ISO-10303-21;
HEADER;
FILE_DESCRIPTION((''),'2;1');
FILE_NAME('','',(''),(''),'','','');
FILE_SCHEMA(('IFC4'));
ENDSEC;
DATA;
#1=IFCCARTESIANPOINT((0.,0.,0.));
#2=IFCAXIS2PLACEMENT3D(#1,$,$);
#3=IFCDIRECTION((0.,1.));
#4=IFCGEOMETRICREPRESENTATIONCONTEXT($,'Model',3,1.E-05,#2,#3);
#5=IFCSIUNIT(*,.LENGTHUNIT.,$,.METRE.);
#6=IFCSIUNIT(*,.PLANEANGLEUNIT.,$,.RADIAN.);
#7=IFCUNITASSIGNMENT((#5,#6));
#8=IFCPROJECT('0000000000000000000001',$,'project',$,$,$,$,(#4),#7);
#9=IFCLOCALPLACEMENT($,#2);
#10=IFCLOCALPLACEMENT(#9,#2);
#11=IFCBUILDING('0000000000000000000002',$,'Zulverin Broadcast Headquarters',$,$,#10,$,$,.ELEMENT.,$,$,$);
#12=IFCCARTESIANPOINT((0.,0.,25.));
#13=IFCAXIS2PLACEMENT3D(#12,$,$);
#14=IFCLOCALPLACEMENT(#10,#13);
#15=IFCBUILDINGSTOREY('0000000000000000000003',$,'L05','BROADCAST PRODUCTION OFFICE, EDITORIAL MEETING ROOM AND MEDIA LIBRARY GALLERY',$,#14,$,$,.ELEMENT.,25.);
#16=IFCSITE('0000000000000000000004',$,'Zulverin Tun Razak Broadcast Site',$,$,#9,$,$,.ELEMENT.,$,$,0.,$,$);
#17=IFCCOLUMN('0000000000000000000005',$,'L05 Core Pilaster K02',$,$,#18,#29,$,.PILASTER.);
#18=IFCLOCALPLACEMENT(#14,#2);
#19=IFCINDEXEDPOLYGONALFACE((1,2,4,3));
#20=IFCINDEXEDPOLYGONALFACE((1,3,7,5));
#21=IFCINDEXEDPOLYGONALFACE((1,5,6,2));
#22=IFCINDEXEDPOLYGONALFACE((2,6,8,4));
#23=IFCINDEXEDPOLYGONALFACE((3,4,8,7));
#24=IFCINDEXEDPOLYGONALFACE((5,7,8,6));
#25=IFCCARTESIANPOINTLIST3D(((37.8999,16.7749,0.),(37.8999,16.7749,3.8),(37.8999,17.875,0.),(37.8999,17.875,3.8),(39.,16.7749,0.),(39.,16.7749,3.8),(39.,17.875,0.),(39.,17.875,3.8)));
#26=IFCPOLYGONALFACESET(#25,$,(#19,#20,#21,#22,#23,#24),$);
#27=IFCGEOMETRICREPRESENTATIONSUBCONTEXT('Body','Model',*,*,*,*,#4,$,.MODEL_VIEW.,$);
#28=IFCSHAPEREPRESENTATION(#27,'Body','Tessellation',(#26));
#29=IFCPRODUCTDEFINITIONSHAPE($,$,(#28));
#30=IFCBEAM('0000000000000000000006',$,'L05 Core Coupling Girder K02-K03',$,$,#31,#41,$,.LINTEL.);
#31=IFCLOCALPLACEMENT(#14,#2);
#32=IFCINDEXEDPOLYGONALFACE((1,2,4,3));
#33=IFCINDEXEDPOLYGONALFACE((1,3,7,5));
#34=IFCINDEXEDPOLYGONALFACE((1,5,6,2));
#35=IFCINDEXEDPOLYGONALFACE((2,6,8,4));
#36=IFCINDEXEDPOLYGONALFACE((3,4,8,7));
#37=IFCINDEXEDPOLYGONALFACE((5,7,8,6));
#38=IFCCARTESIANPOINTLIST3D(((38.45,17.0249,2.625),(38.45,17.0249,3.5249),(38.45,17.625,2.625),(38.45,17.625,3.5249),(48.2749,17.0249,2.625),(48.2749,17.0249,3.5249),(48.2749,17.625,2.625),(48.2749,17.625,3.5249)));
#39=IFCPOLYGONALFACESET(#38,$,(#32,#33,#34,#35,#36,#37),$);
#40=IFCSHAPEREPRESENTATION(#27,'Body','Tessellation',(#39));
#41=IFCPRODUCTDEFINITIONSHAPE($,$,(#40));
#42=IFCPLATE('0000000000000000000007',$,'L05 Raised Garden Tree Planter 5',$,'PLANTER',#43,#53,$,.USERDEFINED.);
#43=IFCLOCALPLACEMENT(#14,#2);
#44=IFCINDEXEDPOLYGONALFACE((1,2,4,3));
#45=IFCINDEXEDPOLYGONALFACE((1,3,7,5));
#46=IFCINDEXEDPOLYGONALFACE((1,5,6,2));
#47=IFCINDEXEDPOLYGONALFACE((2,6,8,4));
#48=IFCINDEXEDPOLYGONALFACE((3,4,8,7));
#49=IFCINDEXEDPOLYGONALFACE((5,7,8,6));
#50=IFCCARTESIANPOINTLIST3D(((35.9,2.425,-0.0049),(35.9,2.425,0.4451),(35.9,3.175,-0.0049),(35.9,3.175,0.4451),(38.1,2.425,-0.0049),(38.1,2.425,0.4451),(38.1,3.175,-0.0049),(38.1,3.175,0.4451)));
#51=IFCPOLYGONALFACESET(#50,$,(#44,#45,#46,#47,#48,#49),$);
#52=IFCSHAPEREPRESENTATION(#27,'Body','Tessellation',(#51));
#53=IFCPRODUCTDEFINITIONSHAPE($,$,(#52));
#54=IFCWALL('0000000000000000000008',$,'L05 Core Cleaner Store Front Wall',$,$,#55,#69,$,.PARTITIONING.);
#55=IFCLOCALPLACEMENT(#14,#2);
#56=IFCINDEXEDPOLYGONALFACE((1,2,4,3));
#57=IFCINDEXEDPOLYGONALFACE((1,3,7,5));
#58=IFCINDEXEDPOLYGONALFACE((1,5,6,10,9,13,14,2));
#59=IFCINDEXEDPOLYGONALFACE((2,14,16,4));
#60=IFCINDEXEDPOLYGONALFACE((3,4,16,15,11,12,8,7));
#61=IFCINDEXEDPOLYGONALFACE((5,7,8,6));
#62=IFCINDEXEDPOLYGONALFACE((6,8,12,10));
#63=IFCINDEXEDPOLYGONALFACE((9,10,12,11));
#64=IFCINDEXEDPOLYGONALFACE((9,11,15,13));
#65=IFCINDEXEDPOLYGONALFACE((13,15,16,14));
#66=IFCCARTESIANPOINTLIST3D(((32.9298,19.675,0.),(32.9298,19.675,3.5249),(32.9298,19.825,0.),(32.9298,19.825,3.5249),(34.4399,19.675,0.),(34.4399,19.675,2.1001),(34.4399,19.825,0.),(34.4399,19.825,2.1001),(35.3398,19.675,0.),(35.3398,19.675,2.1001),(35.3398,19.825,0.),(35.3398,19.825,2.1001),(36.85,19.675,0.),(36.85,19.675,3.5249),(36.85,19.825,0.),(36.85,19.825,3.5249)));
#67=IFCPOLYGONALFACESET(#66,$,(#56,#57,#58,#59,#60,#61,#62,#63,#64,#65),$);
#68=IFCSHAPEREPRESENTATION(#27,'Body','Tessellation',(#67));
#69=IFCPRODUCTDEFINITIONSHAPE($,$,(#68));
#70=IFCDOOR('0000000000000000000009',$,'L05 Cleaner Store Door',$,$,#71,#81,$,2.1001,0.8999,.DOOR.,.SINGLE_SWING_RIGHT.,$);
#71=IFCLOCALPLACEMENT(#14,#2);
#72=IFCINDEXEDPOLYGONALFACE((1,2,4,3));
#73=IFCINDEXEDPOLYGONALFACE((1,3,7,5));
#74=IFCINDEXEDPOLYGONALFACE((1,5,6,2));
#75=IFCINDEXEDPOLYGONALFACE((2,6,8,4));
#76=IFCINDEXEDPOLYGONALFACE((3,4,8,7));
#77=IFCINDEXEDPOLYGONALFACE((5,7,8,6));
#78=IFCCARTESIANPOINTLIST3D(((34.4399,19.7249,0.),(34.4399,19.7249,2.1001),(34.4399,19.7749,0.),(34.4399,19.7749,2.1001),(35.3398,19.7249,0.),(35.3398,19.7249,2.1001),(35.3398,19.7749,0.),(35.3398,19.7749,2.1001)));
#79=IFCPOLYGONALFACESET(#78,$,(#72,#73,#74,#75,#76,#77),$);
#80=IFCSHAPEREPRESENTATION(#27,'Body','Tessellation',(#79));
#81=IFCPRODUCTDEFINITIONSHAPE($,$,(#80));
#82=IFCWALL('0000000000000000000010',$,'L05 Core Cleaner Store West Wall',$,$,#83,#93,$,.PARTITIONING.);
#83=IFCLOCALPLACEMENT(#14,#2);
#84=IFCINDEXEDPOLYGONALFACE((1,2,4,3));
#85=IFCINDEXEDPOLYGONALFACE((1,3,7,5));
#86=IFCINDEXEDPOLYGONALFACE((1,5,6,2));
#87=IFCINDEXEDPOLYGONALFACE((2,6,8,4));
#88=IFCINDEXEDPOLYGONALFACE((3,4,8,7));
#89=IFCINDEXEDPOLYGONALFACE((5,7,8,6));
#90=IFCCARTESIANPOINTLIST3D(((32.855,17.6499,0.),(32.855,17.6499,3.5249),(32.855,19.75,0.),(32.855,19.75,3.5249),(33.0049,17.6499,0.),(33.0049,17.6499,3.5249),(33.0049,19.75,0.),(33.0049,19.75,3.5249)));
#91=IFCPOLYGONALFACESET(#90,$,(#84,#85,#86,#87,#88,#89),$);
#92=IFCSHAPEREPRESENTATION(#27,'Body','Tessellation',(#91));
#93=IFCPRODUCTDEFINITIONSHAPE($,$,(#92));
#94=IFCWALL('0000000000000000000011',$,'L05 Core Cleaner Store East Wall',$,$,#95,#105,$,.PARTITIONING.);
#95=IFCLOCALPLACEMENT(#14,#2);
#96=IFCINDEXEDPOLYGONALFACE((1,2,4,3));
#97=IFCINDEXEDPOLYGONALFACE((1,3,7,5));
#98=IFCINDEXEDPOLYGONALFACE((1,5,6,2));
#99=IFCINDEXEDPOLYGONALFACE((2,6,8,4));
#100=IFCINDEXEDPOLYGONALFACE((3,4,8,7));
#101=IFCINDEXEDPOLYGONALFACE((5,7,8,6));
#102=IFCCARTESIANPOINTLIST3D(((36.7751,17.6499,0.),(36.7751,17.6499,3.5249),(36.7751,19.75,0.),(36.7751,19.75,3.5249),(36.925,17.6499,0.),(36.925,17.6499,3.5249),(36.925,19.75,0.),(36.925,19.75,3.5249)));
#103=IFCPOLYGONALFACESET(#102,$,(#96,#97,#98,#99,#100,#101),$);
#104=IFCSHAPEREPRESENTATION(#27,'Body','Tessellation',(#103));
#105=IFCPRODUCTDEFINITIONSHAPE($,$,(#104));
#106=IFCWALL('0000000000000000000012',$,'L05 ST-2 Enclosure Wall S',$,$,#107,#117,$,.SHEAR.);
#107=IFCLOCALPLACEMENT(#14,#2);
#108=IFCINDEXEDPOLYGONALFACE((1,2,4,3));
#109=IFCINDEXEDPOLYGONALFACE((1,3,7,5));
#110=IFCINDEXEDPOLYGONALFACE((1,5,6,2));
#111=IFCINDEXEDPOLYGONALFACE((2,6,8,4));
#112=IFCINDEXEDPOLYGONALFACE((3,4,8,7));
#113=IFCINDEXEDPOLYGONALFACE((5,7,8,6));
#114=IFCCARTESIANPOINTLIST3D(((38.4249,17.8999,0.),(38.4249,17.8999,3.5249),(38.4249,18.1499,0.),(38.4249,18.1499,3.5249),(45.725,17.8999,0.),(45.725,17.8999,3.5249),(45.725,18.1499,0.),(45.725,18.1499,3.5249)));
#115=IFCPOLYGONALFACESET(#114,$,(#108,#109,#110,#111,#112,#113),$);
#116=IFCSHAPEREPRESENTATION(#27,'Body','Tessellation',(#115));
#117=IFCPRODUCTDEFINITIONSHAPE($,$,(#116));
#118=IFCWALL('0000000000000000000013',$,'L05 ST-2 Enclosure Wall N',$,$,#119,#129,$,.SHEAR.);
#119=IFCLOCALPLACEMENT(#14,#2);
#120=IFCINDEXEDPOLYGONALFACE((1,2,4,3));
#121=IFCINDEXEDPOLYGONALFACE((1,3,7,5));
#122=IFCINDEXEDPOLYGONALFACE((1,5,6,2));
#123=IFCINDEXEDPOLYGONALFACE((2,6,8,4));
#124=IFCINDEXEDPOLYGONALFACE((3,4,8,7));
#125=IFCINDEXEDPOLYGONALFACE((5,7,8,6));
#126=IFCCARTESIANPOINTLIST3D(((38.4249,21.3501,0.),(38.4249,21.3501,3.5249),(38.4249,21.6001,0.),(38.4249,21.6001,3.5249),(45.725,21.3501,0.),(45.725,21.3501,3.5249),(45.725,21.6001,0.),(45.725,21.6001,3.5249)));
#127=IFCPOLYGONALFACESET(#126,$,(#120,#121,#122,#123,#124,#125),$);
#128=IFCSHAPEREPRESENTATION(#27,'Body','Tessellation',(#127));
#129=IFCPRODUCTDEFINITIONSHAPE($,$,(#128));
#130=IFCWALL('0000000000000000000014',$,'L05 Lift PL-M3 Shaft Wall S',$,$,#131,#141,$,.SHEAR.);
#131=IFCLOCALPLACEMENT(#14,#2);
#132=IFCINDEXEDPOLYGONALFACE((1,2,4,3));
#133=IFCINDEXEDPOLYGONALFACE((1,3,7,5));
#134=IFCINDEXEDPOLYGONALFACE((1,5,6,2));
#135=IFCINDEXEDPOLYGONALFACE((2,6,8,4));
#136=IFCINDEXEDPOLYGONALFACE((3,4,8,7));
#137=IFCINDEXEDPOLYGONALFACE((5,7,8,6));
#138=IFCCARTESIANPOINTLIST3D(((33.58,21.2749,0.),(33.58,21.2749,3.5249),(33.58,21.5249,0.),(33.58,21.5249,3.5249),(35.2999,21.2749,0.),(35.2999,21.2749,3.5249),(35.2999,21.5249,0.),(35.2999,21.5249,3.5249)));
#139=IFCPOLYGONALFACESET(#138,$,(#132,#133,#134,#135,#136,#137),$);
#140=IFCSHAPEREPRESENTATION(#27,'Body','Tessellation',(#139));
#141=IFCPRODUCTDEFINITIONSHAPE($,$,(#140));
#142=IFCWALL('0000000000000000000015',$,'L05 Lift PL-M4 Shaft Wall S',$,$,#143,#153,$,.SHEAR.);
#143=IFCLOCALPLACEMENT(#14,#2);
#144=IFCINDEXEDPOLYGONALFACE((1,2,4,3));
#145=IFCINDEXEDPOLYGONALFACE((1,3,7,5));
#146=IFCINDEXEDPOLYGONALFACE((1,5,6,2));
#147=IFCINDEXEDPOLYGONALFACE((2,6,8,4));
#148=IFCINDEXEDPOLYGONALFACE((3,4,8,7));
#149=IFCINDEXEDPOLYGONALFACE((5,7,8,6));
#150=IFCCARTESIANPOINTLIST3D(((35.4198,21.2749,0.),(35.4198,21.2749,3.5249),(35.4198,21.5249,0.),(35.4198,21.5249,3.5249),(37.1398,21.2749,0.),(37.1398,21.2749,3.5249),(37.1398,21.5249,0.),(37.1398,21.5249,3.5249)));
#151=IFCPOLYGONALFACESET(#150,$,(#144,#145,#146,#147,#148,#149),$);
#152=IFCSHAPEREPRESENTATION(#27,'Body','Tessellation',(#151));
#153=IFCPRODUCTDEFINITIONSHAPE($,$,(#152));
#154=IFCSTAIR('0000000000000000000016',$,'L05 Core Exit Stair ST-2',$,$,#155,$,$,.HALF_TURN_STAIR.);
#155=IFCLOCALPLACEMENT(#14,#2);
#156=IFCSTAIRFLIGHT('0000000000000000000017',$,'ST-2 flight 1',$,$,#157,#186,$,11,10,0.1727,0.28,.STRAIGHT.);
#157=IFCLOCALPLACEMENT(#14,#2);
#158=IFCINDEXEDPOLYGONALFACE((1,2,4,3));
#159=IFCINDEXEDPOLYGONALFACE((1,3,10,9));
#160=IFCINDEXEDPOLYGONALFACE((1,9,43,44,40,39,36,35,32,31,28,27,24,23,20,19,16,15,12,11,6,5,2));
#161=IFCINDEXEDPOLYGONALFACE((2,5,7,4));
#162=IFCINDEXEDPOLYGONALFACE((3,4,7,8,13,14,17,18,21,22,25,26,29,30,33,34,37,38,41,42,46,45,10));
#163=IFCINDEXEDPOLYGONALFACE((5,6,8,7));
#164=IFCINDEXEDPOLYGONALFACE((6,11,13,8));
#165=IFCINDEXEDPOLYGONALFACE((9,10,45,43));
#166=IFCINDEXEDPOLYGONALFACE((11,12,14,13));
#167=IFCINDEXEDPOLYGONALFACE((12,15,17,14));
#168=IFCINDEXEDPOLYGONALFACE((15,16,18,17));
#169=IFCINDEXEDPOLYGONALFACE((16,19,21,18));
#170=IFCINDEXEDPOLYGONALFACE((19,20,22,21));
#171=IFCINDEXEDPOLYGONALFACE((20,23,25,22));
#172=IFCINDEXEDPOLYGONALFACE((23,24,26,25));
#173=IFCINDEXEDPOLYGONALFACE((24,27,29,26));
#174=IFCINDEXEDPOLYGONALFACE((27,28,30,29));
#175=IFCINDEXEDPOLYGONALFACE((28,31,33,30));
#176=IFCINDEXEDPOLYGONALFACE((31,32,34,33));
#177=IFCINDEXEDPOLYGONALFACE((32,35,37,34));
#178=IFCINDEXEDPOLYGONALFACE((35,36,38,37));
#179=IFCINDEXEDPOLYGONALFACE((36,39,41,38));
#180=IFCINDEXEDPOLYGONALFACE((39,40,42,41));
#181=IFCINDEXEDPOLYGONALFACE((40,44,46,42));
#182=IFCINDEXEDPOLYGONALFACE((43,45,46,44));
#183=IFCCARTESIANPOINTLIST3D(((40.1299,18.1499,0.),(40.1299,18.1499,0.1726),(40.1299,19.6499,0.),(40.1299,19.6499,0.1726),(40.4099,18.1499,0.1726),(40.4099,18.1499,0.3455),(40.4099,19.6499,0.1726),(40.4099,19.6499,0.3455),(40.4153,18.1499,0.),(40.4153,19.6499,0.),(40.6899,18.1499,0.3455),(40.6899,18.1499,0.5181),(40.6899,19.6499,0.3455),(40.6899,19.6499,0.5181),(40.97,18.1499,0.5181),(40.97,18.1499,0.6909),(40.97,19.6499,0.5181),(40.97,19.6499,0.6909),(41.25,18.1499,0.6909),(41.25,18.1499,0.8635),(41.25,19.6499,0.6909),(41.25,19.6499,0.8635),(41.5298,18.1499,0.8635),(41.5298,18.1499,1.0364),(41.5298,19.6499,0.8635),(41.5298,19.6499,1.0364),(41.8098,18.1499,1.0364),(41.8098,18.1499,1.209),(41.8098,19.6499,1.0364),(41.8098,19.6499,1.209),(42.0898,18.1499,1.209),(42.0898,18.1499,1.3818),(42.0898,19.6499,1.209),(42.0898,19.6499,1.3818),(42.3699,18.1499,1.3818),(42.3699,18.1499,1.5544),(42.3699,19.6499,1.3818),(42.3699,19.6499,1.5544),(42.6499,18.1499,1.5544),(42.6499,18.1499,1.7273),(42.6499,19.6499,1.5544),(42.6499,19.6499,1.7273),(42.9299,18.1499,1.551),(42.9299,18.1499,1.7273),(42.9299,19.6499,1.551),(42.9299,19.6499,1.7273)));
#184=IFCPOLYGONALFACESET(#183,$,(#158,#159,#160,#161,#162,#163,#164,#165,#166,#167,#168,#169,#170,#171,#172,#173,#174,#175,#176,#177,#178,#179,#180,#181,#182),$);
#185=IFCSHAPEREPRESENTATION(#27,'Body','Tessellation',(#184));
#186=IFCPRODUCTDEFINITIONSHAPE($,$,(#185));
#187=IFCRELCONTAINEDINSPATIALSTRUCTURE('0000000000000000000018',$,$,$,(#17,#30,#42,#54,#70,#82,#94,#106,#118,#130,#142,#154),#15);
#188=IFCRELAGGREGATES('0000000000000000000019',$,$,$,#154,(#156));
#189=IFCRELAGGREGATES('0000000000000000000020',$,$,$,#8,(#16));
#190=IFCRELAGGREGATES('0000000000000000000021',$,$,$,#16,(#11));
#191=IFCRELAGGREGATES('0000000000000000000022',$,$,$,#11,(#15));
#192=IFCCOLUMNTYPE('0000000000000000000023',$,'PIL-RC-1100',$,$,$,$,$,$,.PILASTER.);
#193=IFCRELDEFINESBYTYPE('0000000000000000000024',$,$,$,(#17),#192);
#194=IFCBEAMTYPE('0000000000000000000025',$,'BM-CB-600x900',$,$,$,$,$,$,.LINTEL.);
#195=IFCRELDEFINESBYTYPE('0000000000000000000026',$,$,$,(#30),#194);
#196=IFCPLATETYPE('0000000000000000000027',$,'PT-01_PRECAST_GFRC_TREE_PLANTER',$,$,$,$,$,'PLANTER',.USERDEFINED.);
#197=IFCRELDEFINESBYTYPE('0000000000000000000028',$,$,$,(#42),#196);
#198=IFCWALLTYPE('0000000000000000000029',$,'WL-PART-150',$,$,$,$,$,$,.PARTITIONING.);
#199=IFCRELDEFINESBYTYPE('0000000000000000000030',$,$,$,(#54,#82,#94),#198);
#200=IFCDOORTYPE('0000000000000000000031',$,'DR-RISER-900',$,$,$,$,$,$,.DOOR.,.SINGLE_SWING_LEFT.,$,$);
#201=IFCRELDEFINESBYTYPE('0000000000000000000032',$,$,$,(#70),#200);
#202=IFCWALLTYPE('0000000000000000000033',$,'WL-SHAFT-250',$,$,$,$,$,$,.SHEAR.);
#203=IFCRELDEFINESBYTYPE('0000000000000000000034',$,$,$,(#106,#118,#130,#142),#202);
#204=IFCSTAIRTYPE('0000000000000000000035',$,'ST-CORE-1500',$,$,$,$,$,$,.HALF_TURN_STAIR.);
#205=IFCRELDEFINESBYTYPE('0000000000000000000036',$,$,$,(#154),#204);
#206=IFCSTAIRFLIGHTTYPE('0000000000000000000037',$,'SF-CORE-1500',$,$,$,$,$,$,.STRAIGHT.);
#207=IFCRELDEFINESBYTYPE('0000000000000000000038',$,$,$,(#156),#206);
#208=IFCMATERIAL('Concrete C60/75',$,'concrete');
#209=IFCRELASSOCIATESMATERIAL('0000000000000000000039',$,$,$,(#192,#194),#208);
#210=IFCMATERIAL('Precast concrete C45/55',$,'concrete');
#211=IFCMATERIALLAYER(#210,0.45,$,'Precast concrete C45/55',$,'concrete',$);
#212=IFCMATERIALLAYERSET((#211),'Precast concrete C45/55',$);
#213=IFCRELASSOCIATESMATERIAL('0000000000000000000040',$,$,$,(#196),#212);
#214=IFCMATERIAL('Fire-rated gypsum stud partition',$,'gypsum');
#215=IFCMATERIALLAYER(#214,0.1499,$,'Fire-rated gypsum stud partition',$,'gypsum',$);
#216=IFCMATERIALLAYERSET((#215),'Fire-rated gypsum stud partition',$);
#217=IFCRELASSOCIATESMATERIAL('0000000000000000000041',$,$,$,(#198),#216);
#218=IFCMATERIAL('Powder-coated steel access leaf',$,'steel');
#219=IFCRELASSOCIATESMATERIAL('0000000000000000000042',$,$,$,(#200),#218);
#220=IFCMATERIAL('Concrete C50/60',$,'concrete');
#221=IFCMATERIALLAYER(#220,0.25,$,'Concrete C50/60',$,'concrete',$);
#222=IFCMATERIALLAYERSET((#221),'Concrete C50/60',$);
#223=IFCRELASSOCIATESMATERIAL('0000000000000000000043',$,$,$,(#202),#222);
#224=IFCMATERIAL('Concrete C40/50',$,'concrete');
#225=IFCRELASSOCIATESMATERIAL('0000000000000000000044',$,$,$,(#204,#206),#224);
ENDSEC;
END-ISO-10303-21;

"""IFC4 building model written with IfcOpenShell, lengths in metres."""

from ifc_helpers import new_model, si_unit, direction, frame, frame_2d, origin, origin_2d, place, context, subcontext, project, spatial, polyline, rectangle, outline, extrude, material, layer, layer_set, material_profile, profile_set, type_object, element, fill, aggregate, save


model = new_model("IFC4")

# Units and contexts
model_context = context("Model", 3, precision=1e-05, world=origin(), true_north=direction((0.0, 1.0)))
body_context = subcontext(model_context, "Body", "Model", "MODEL_VIEW")
ifc_project = project(units=[si_unit("LENGTHUNIT", "METRE"), si_unit("PLANEANGLEUNIT", "RADIAN")], contexts=[model_context])

# Site, building, storey
site_placement = place(None, origin())
site = spatial("IfcSite", under=ifc_project, at=site_placement, Name="Zulverin Tun Razak Broadcast Site", CompositionType="ELEMENT", RefElevation=0.0)
building_placement = place(site_placement, origin())
building = spatial("IfcBuilding", under=site, at=building_placement, Name="Zulverin Broadcast Headquarters", CompositionType="ELEMENT")
storey_placement = place(building_placement, frame((0.0, 0.0, 25.0)))
storey = spatial("IfcBuildingStorey", under=building, at=storey_placement, Name="L05", Description="BROADCAST PRODUCTION OFFICE, EDITORIAL MEETING ROOM AND MEDIA LIBRARY GALLERY", CompositionType="ELEMENT", Elevation=25.0)

# Column
ifc_material_1 = material(Name="Concrete C60/75", Category="concrete")
ifc_material_profile_1 = material_profile(ifc_material_1, rectangle(XDim=1.1001, YDim=1.1001, at=origin_2d()), Name="Concrete C60/75", Category="concrete")
ifc_profile_set_1 = profile_set([ifc_material_profile_1], Name="Concrete C60/75")
column_type = type_object("IfcColumnType", Name="PIL-RC-1100", PredefinedType="PILASTER", material=ifc_profile_set_1)
column_placement = place(storey_placement, frame((38.45, 17.325, 0.0), z_axis=(0.0, 0.0, 1.0), x_axis=(1.0, 0.0, 0.0)))
element("IfcColumn", 1, at=column_placement, inside=storey, type_object=column_type, Name="L05 Core Pilaster K02", PredefinedType="PILASTER", context=body_context, shape_type="SweptSolid", body=[
    extrude(rectangle(XDim=1.1001, YDim=1.1001, at=origin_2d()), origin(), (0.0, 0.0, 1.0), 3.8),
])

# Beam
ifc_material_profile_2 = material_profile(ifc_material_1, rectangle(XDim=0.6001, YDim=0.8999, at=origin_2d()), Name="Concrete C60/75", Category="concrete")
ifc_profile_set_2 = profile_set([ifc_material_profile_2], Name="Concrete C60/75")
beam_type = type_object("IfcBeamType", Name="BM-CB-600x900", PredefinedType="LINTEL", material=ifc_profile_set_2)
beam_placement = place(storey_placement, frame((38.45, 17.325, 3.075), z_axis=(1.0, 0.0, 0.0), x_axis=(0.0, 1.0, 0.0)))
element("IfcBeam", 2, at=beam_placement, inside=storey, type_object=beam_type, Name="L05 Core Coupling Girder K02-K03", PredefinedType="LINTEL", context=body_context, shape_type="SweptSolid", body=[
    extrude(rectangle(XDim=0.6001, YDim=0.8999, at=origin_2d()), origin(), (0.0, 0.0, 1.0), 9.825),
])

# Plate
ifc_material_2 = material(Name="Precast concrete C45/55", Category="concrete")
ifc_layer_1 = layer(ifc_material_2, 0.45, Name="Precast concrete C45/55", Category="concrete")
ifc_layer_set_1 = layer_set([ifc_layer_1], Name="Precast concrete C45/55")
plate_type = type_object("IfcPlateType", Name="PT-01_PRECAST_GFRC_TREE_PLANTER", ElementType="PLANTER", PredefinedType="USERDEFINED", material=ifc_layer_set_1)
plate_placement = place(storey_placement, frame((37.0, 2.8, -0.0049), z_axis=(0.0, 0.0, 1.0), x_axis=(1.0, 0.0, 0.0)))
element("IfcPlate", 3, at=plate_placement, inside=storey, type_object=plate_type, Name="L05 Raised Garden Tree Planter 5", ObjectType="PLANTER", PredefinedType="USERDEFINED", context=body_context, shape_type="SweptSolid", body=[
    extrude(rectangle(XDim=2.2, YDim=0.75, at=origin_2d()), origin(), (0.0, 0.0, 1.0), 0.45),
])

# Wall, opening, door
ifc_material_3 = material(Name="Fire-rated gypsum stud partition", Category="gypsum")
ifc_layer_2 = layer(ifc_material_3, 0.1499, Name="Fire-rated gypsum stud partition", Category="gypsum")
ifc_layer_set_2 = layer_set([ifc_layer_2], Name="Fire-rated gypsum stud partition")
wall_type_1 = type_object("IfcWallType", Name="WL-PART-150", PredefinedType="PARTITIONING", material=ifc_layer_set_2)
wall_1_placement = place(storey_placement, frame((32.9299, 19.75, 0.0), z_axis=(0.0, 0.0, 1.0), x_axis=(1.0, 0.0, 0.0)))
wall_1 = element("IfcWall", 4, at=wall_1_placement, inside=storey, type_object=wall_type_1, Name="L05 Core Cleaner Store Front Wall", PredefinedType="PARTITIONING", context=body_context, shape_type="SweptSolid", body=[
    extrude(rectangle(XDim=3.9202, YDim=0.1499, at=frame_2d((1.96, 0.0))), origin(), (0.0, 0.0, 1.0), 3.5249),
])
opening_1_placement = place(wall_1_placement, frame((1.51, 0.0, 0.0)))
opening_1 = element("IfcOpeningElement", 5, at=opening_1_placement, cuts=wall_1, PredefinedType="OPENING", context=body_context, shape_type="SweptSolid", body=[
    extrude(rectangle(XDim=0.8999, YDim=2.1001, at=frame_2d((0.45, 1.05))), frame((0.0, 0.085, 0.0), z_axis=(0.0, -1.0, 0.0), x_axis=(1.0, 0.0, 0.0)), (0.0, 0.0, 1.0), 0.1699),
])
ifc_material_4 = material(Name="Powder-coated steel access leaf", Category="steel")
door_type_1 = type_object("IfcDoorType", Name="DR-RISER-900", OperationType="SINGLE_SWING_LEFT", PredefinedType="DOOR", material=ifc_material_4)
door_1_placement = place(opening_1_placement, origin())
door_1 = element("IfcDoor", 6, at=door_1_placement, inside=storey, type_object=door_type_1, Name="L05 Cleaner Store Door", OperationType="SINGLE_SWING_RIGHT", OverallHeight=2.1001, OverallWidth=0.8999, PredefinedType="DOOR", context=body_context, shape_type="SweptSolid", body=[
    extrude(rectangle(XDim=0.8999, YDim=2.1001, at=frame_2d((0.45, 1.05))), frame((0.0, 0.0249, 0.0), z_axis=(0.0, -1.0, 0.0), x_axis=(1.0, 0.0, 0.0)), (0.0, 0.0, 1.0), 0.05),
])
fill(opening_1, door_1)

# Walls
for number, where, z_axis, x_axis, name in (
    (7, (32.9299, 17.6499, 0.0), (0.0, 0.0, 1.0), (0.0, 1.0, 0.0), "L05 Core Cleaner Store West Wall"),
    (8, (36.8501, 17.6499, 0.0), (0.0, 0.0, 1.0), (0.0, 1.0, 0.0), "L05 Core Cleaner Store East Wall"),
):
    element("IfcWall", number, at=place(storey_placement, frame(where, z_axis=z_axis, x_axis=x_axis)), inside=storey, type_object=wall_type_1, Name=name, PredefinedType="PARTITIONING", context=body_context, shape_type="SweptSolid", body=[
        extrude(rectangle(XDim=2.1001, YDim=0.1499, at=frame_2d((1.05, 0.0))), origin(), (0.0, 0.0, 1.0), 3.5249),
    ])
ifc_material_5 = material(Name="Concrete C50/60", Category="concrete")
ifc_layer_3 = layer(ifc_material_5, 0.25, Name="Concrete C50/60", Category="concrete")
ifc_layer_set_3 = layer_set([ifc_layer_3], Name="Concrete C50/60")
wall_type_2 = type_object("IfcWallType", Name="WL-SHAFT-250", PredefinedType="SHEAR", material=ifc_layer_set_3)
for number, where, z_axis, x_axis, name in (
    (9, (38.425, 18.0249, 0.0), (0.0, 0.0, 1.0), (1.0, 0.0, 0.0), "L05 ST-2 Enclosure Wall S"),
    (10, (38.425, 21.4751, 0.0), (0.0, 0.0, 1.0), (1.0, 0.0, 0.0), "L05 ST-2 Enclosure Wall N"),
):
    element("IfcWall", number, at=place(storey_placement, frame(where, z_axis=z_axis, x_axis=x_axis)), inside=storey, type_object=wall_type_2, Name=name, PredefinedType="SHEAR", context=body_context, shape_type="SweptSolid", body=[
        extrude(rectangle(XDim=7.3, YDim=0.25, at=frame_2d((3.6499, 0.0))), origin(), (0.0, 0.0, 1.0), 3.5249),
    ])

# Walls
for number, where, z_axis, x_axis, name in (
    (11, (33.5801, 21.3999, 0.0), (0.0, 0.0, 1.0), (1.0, 0.0, 0.0), "L05 Lift PL-M3 Shaft Wall S"),
    (12, (35.4199, 21.3999, 0.0), (0.0, 0.0, 1.0), (1.0, 0.0, 0.0), "L05 Lift PL-M4 Shaft Wall S"),
):
    element("IfcWall", number, at=place(storey_placement, frame(where, z_axis=z_axis, x_axis=x_axis)), inside=storey, type_object=wall_type_2, Name=name, PredefinedType="SHEAR", context=body_context, shape_type="SweptSolid", body=[
        extrude(rectangle(XDim=1.72, YDim=0.25, at=frame_2d((0.8599, 0.0))), origin(), (0.0, 0.0, 1.0), 3.5249),
    ])

# Stair, stair flight
ifc_material_6 = material(Name="Concrete C40/50", Category="concrete")
stair_type = type_object("IfcStairType", Name="ST-CORE-1500", PredefinedType="HALF_TURN_STAIR", material=ifc_material_6)
stair_placement = place(storey_placement, origin())
stair = element("IfcStair", 13, at=stair_placement, inside=storey, type_object=stair_type, Name="L05 Core Exit Stair ST-2", PredefinedType="HALF_TURN_STAIR")
stair_flight_type = type_object("IfcStairFlightType", Name="SF-CORE-1500", PredefinedType="STRAIGHT", material=ifc_material_6)
stair_flight_1_placement = place(storey_placement, frame((40.1299, 18.8999, 0.0), z_axis=(0.0, 0.0, 1.0), x_axis=(1.0, 0.0, 0.0)))
stair_flight_1 = element("IfcStairFlight", 14, at=stair_flight_1_placement, type_object=stair_flight_type, Name="ST-2 flight 1", NumberOfRisers=11, NumberOfTreads=10, PredefinedType="STRAIGHT", RiserHeight=0.1727, TreadLength=0.28, context=body_context, shape_type="SweptSolid", body=[
    extrude(outline(polyline([(0.0, 0.0), (0.0, 0.1726), (0.28, 0.1726), (0.28, 0.3455), (0.5601, 0.3455), (0.5601, 0.5181), (0.8401, 0.5181), (0.8401, 0.6909), (1.1201, 0.6909), (1.1201, 0.8635), (1.3999, 0.8635), (1.3999, 1.0364), (1.6799, 1.0364), (1.6799, 1.209), (1.96, 1.209), (1.96, 1.3818), (2.24, 1.3818), (2.24, 1.5544), (2.52, 1.5544), (2.52, 1.7273), (2.8, 1.7273), (2.8, 1.8999), (2.8, 1.551), (0.2854, 0.0), (0.0, 0.0)])), frame((0.0, 0.75, 0.0), z_axis=(0.0, -1.0, 0.0), x_axis=(1.0, 0.0, 0.0)), (0.0, 0.0, 1.0), 1.5),
])
aggregate(stair, [stair_flight_1])

save(model, "model.ifc")
